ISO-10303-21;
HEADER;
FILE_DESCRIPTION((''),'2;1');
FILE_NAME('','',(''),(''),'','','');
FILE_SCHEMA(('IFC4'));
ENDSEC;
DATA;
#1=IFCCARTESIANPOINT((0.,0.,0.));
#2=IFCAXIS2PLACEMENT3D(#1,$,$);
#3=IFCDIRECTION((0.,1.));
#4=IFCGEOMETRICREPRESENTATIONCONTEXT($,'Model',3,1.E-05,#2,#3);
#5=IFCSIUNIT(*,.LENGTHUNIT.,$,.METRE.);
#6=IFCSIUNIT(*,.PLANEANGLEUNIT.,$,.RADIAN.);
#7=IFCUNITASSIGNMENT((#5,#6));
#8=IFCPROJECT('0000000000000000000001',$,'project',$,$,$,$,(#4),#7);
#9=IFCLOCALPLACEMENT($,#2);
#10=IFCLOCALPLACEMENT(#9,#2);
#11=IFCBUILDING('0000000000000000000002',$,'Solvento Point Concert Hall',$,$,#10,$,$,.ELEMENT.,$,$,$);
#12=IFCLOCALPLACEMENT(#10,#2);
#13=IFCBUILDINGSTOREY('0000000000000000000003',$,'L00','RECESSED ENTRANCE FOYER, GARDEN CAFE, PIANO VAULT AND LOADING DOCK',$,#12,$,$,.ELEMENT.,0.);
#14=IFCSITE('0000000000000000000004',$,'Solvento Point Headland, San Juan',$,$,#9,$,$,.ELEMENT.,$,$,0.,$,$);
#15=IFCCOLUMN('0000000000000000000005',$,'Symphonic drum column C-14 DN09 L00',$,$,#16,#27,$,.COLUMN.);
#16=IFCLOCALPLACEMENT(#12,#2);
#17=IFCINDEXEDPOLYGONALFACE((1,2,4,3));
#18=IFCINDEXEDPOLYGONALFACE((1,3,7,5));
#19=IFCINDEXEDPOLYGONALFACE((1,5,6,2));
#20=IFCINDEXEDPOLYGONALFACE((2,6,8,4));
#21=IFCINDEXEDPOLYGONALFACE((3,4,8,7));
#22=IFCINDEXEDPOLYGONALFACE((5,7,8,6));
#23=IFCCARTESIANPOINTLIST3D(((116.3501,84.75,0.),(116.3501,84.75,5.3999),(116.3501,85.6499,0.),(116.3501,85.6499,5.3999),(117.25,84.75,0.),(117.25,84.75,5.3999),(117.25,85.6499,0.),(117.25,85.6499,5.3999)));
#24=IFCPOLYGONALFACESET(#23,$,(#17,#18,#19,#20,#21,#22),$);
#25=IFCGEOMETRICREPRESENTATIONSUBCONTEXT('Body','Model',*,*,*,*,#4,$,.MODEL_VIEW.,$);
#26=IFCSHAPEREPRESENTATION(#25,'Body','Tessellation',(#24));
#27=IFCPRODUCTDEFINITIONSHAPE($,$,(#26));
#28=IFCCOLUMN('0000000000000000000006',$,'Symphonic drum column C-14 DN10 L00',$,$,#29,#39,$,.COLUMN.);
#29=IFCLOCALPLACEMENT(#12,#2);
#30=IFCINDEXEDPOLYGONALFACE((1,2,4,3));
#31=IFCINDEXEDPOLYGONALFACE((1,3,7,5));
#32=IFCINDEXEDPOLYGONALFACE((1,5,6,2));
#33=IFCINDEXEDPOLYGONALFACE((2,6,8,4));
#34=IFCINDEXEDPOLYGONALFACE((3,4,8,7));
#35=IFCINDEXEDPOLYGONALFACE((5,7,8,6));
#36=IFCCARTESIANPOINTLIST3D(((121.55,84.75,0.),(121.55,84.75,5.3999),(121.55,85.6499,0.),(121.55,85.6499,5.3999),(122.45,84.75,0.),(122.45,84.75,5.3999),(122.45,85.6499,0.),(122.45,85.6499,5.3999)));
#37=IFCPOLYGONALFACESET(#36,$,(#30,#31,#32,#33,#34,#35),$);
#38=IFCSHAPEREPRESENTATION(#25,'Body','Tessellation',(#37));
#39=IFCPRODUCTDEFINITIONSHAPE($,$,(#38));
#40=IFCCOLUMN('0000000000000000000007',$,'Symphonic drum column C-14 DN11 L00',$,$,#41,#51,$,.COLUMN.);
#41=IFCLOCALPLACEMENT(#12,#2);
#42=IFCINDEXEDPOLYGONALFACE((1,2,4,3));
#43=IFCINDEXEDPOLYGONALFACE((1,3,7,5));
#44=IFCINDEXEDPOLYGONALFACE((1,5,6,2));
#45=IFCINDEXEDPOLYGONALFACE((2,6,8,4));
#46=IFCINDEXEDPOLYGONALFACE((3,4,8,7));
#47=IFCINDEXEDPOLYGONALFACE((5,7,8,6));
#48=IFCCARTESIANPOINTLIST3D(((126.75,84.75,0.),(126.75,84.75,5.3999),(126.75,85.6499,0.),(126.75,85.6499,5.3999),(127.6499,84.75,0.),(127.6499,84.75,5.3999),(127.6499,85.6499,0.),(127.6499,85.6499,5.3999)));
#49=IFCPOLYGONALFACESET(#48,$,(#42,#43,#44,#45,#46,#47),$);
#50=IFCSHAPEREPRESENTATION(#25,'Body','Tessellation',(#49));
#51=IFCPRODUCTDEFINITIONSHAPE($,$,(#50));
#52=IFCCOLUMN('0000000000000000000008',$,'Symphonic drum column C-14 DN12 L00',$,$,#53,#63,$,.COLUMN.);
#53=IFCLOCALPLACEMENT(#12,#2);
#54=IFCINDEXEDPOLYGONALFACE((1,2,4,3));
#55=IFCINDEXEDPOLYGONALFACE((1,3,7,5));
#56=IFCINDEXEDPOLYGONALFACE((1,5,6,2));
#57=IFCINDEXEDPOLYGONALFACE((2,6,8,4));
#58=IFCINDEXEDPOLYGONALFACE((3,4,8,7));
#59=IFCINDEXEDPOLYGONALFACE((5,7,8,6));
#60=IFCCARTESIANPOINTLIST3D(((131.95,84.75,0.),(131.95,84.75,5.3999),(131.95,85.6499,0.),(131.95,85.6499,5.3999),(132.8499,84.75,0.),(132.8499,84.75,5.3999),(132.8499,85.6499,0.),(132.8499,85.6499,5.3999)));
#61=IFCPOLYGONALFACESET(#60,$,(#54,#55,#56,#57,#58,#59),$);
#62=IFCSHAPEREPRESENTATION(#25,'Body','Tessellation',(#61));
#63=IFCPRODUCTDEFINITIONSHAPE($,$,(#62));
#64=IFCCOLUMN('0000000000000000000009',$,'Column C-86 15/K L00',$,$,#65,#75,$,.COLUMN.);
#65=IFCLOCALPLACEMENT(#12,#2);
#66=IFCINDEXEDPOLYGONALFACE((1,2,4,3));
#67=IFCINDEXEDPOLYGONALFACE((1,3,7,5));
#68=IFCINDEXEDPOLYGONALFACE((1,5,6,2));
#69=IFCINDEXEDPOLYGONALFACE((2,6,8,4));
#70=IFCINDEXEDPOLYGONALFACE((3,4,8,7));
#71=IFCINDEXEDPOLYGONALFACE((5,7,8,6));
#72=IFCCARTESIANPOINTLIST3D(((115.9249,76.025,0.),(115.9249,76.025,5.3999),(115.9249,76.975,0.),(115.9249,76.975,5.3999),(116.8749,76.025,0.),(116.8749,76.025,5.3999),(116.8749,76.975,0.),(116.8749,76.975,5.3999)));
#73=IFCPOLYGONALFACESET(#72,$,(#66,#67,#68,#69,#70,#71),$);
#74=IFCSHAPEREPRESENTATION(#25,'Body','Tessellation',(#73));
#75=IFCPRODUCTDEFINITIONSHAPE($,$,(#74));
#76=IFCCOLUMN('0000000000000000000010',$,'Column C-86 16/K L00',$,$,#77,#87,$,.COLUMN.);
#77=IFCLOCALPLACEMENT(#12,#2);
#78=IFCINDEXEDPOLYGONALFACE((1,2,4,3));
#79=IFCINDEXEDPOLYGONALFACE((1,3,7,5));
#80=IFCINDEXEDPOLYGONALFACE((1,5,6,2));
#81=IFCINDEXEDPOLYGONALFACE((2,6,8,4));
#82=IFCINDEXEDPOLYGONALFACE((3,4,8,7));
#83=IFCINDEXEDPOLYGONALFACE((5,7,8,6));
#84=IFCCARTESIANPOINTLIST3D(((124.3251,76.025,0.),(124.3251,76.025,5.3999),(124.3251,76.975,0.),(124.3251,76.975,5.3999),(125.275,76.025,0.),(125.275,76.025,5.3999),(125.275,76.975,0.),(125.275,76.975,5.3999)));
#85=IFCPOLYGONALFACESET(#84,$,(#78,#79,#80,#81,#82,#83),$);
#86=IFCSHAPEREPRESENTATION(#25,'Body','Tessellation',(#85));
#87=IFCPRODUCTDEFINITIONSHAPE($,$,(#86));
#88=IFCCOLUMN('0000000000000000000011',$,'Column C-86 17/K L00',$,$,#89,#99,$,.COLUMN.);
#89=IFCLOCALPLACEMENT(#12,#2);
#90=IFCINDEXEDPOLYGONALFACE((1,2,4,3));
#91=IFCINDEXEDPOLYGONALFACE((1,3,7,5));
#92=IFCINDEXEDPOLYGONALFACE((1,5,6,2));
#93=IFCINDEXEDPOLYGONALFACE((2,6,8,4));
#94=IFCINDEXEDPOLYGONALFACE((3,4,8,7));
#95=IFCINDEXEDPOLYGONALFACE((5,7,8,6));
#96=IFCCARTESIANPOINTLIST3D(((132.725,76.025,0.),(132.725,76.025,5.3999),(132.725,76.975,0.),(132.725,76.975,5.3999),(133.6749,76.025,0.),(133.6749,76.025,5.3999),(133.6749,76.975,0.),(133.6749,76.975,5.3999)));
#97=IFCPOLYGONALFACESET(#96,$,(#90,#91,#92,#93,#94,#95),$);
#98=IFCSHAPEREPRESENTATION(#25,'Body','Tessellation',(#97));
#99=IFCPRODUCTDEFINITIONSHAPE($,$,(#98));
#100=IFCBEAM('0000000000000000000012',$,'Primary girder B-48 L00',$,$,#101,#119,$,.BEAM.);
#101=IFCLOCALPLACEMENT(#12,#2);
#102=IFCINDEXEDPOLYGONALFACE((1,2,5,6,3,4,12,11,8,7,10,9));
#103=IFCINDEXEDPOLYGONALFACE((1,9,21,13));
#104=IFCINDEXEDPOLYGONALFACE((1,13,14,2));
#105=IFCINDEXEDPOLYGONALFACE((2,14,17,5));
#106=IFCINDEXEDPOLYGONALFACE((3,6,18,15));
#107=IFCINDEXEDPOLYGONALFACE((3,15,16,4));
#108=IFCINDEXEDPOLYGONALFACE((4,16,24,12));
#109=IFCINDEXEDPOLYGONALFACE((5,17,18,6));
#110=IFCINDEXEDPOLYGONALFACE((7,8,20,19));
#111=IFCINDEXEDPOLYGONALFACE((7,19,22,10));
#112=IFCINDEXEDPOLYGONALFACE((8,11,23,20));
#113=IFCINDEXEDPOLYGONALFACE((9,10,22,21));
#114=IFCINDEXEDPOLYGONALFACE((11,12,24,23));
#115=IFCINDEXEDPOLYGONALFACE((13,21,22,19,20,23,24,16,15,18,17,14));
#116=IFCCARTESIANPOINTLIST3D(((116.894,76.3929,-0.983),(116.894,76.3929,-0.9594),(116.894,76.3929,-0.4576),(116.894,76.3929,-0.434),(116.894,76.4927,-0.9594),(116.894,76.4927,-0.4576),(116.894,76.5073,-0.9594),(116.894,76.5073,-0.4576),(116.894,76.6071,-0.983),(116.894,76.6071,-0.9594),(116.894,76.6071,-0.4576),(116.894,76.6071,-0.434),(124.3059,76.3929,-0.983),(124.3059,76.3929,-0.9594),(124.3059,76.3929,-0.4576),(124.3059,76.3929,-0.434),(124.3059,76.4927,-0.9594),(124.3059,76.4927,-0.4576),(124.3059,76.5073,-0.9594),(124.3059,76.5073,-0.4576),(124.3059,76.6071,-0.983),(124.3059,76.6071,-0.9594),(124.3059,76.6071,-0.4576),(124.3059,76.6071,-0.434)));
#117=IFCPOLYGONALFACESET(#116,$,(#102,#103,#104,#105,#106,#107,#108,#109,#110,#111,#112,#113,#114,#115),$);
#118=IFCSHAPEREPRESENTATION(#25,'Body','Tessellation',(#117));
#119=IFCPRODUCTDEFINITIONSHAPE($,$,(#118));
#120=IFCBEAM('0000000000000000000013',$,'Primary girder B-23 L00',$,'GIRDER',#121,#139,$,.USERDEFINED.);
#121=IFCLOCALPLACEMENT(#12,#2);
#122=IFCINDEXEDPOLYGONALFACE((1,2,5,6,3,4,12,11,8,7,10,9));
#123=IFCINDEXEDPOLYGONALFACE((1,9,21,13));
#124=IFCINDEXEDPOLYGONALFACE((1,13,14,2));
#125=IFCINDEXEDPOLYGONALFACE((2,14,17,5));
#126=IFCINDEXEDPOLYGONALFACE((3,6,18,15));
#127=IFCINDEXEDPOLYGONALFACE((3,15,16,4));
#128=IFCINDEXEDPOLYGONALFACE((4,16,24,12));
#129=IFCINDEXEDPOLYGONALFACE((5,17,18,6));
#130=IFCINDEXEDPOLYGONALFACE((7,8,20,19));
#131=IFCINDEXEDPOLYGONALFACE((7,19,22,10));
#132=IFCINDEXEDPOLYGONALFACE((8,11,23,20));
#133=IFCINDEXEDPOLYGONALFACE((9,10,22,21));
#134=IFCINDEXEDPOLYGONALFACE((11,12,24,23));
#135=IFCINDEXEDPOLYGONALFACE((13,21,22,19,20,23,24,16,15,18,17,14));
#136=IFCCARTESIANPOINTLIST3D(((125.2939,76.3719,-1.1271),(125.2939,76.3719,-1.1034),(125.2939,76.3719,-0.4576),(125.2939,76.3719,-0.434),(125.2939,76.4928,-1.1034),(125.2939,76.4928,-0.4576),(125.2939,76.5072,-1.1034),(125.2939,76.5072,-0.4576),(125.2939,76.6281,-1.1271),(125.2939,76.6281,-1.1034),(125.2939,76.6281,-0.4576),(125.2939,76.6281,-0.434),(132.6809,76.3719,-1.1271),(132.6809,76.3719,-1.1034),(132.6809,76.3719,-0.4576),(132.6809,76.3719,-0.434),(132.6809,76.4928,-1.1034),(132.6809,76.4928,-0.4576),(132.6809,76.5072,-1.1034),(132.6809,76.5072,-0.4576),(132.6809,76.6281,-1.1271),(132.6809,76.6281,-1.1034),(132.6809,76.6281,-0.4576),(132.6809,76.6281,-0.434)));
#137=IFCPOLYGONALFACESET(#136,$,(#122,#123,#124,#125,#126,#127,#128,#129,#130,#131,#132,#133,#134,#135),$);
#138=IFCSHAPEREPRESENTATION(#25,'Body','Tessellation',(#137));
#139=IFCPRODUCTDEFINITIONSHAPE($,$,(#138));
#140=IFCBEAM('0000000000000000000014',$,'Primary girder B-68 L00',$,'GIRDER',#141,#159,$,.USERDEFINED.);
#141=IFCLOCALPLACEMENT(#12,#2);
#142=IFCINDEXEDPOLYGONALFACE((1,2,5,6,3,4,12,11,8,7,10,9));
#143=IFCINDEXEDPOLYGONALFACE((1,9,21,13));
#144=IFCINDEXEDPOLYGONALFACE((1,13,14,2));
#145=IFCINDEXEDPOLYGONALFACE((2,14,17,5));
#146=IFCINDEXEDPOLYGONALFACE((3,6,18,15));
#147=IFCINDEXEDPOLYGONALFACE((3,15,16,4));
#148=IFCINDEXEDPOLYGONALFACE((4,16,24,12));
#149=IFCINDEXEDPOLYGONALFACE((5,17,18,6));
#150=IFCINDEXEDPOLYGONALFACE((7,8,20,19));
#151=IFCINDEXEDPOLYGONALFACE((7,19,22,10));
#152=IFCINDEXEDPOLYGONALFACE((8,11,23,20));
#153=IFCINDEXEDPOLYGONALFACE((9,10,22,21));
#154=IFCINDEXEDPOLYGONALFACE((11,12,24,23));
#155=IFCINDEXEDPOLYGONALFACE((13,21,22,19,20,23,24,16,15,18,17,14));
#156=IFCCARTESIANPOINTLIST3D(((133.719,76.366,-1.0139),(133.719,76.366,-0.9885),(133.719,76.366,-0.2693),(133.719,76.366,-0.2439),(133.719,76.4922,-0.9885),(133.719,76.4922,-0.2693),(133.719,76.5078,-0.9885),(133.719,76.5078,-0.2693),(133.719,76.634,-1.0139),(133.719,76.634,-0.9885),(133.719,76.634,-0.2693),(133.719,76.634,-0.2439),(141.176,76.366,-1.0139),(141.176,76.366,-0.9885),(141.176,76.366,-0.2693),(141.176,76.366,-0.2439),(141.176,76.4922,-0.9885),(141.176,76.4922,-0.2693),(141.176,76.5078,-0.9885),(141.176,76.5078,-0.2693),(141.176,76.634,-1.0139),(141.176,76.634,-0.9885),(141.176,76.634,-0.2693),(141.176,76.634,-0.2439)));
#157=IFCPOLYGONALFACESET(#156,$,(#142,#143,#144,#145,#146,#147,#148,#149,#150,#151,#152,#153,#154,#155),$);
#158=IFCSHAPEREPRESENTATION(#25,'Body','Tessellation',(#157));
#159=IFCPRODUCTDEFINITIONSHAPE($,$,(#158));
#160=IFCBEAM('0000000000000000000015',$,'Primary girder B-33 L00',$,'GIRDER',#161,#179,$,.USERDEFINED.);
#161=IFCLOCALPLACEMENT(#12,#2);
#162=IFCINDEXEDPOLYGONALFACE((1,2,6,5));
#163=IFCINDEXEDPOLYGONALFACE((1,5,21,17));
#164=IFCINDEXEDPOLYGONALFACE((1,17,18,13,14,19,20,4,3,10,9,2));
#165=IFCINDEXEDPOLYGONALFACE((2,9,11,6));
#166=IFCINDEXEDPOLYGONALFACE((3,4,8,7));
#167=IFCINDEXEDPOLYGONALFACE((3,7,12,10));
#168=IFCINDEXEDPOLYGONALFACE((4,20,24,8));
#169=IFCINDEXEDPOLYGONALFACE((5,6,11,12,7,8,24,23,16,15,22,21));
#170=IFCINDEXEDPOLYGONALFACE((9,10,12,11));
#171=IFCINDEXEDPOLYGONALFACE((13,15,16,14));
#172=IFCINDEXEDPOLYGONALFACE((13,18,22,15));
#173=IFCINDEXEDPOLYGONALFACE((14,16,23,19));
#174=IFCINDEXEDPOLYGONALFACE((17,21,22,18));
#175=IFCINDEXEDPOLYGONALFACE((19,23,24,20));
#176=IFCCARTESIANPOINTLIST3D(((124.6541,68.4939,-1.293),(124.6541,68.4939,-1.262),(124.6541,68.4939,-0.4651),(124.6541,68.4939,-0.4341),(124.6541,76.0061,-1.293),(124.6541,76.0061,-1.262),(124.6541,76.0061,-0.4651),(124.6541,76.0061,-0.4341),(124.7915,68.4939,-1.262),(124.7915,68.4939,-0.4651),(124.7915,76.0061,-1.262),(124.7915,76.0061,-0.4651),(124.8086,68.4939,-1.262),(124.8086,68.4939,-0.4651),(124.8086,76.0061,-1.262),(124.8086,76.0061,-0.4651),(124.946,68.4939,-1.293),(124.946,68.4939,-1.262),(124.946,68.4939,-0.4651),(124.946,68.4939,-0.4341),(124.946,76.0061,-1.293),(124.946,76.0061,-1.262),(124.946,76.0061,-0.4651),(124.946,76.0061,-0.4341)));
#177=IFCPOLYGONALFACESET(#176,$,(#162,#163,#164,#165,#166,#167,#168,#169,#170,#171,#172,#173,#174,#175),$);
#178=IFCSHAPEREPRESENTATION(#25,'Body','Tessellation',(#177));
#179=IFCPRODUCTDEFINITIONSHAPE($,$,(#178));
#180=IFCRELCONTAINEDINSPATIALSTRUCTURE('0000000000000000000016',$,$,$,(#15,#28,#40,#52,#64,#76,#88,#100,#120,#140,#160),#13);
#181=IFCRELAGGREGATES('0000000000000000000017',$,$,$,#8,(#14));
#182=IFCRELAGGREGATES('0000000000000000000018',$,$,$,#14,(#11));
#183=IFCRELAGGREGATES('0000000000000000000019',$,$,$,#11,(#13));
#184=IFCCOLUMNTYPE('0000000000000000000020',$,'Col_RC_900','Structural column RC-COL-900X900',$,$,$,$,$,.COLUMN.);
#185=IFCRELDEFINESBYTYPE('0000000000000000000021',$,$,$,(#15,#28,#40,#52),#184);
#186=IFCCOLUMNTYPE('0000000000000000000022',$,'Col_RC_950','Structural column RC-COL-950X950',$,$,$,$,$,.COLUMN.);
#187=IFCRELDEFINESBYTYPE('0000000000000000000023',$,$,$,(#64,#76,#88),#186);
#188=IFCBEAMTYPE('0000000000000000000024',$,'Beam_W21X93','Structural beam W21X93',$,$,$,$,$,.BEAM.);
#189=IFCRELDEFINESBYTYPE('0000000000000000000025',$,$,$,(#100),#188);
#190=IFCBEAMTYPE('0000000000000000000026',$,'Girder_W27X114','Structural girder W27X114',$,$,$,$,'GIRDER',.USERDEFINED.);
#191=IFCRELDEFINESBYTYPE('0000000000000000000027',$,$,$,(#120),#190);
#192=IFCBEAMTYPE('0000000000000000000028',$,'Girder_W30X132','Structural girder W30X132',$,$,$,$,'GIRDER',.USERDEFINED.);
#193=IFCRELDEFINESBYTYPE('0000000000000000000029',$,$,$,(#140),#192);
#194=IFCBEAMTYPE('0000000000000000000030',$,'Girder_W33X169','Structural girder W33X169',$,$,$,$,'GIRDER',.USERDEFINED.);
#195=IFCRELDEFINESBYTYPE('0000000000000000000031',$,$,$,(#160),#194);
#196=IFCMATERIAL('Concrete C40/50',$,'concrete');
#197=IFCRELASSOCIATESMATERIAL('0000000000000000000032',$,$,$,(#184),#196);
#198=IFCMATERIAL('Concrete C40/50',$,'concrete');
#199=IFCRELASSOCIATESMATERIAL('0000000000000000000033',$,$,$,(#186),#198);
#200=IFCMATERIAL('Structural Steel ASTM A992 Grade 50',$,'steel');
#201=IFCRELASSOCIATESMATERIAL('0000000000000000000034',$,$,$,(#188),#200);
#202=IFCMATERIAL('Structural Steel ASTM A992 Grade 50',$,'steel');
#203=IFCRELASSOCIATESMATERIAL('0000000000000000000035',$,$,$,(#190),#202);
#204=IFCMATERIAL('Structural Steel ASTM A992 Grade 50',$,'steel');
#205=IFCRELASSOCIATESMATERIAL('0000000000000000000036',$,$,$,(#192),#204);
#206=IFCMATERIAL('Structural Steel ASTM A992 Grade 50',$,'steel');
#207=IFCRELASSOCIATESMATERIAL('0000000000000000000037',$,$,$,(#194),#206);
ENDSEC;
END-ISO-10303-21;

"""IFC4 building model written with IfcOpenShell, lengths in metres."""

from ifc_helpers import new_model, si_unit, direction, frame, origin, origin_2d, place, context, subcontext, project, spatial, rectangle, i_section, extrude, material, material_profile, profile_set, type_object, element, save


model = new_model("IFC4")

# Units and contexts
model_context = context("Model", 3, precision=1e-05, world=origin(), true_north=direction((0.0, 1.0)))
body_context = subcontext(model_context, "Body", "Model", "MODEL_VIEW")
ifc_project = project(units=[si_unit("LENGTHUNIT", "METRE"), si_unit("PLANEANGLEUNIT", "RADIAN")], contexts=[model_context])

# Site, building, storey
site_placement = place(None, origin())
site = spatial("IfcSite", under=ifc_project, at=site_placement, Name="Solvento Point Headland, San Juan", CompositionType="ELEMENT", RefElevation=0.0)
building_placement = place(site_placement, origin())
building = spatial("IfcBuilding", under=site, at=building_placement, Name="Solvento Point Concert Hall", CompositionType="ELEMENT")
storey_placement = place(building_placement, origin())
storey = spatial("IfcBuildingStorey", under=building, at=storey_placement, Name="L00", Description="RECESSED ENTRANCE FOYER, GARDEN CAFE, PIANO VAULT AND LOADING DOCK", CompositionType="ELEMENT", Elevation=0.0)

# Columns
ifc_material_1 = material(Name="Concrete C40/50", Category="concrete")
ifc_material_profile_1 = material_profile(ifc_material_1, rectangle(XDim=0.8999, YDim=0.8999, at=origin_2d()), Name="RC-COL-900X900")
ifc_profile_set_1 = profile_set([ifc_material_profile_1], Name="Concrete C40/50")
column_type_1 = type_object("IfcColumnType", Name="Col_RC_900", Description="Structural column RC-COL-900X900", PredefinedType="COLUMN", material=ifc_profile_set_1)
for number, where, z_axis, x_axis, name in (
    (1, (116.8, 85.2, 0.0), (0.0, 0.0, 1.0), (1.0, 0.0, 0.0), "Symphonic drum column C-14 DN09 L00"),
    (2, (122.0, 85.2, 0.0), (0.0, 0.0, 1.0), (1.0, 0.0, 0.0), "Symphonic drum column C-14 DN10 L00"),
    (3, (127.2, 85.2, 0.0), (0.0, 0.0, 1.0), (1.0, 0.0, 0.0), "Symphonic drum column C-14 DN11 L00"),
    (4, (132.3999, 85.2, 0.0), (0.0, 0.0, 1.0), (1.0, 0.0, 0.0), "Symphonic drum column C-14 DN12 L00"),
):
    element("IfcColumn", number, at=place(storey_placement, frame(where, z_axis=z_axis, x_axis=x_axis)), inside=storey, type_object=column_type_1, Name=name, PredefinedType="COLUMN", context=body_context, shape_type="SweptSolid", body=[
        extrude(rectangle(XDim=0.8999, YDim=0.8999, at=origin_2d()), origin(), (0.0, 0.0, 1.0), 5.3999),
    ])
ifc_material_2 = material(Name="Concrete C40/50", Category="concrete")
ifc_material_profile_2 = material_profile(ifc_material_2, rectangle(XDim=0.95, YDim=0.95, at=origin_2d()), Name="RC-COL-950X950")
ifc_profile_set_2 = profile_set([ifc_material_profile_2], Name="Concrete C40/50")
column_type_2 = type_object("IfcColumnType", Name="Col_RC_950", Description="Structural column RC-COL-950X950", PredefinedType="COLUMN", material=ifc_profile_set_2)
for number, where, z_axis, x_axis, name in (
    (5, (116.3999, 76.5, 0.0), (0.0, 0.0, 1.0), (1.0, 0.0, 0.0), "Column C-86 15/K L00"),
    (6, (124.8, 76.5, 0.0), (0.0, 0.0, 1.0), (1.0, 0.0, 0.0), "Column C-86 16/K L00"),
    (7, (133.2, 76.5, 0.0), (0.0, 0.0, 1.0), (1.0, 0.0, 0.0), "Column C-86 17/K L00"),
):
    element("IfcColumn", number, at=place(storey_placement, frame(where, z_axis=z_axis, x_axis=x_axis)), inside=storey, type_object=column_type_2, Name=name, PredefinedType="COLUMN", context=body_context, shape_type="SweptSolid", body=[
        extrude(rectangle(XDim=0.95, YDim=0.95, at=origin_2d()), origin(), (0.0, 0.0, 1.0), 5.3999),
    ])

# Beams
ifc_material_3 = material(Name="Structural Steel ASTM A992 Grade 50", Category="steel")
ifc_material_profile_3 = material_profile(ifc_material_3, i_section(OverallWidth=0.2141, OverallDepth=0.5491, WebThickness=0.0146, FlangeThickness=0.0237, at=origin_2d()), Name="W21X93")
ifc_profile_set_3 = profile_set([ifc_material_profile_3], Name="Structural Steel ASTM A992 Grade 50")
beam_type_1 = type_object("IfcBeamType", Name="Beam_W21X93", Description="Structural beam W21X93", PredefinedType="BEAM", material=ifc_profile_set_3)
beam_1_placement = place(storey_placement, frame((116.894, 76.5, -0.7085), z_axis=(1.0, 0.0, 0.0), x_axis=(0.0, 1.0, 0.0)))
element("IfcBeam", 8, at=beam_1_placement, inside=storey, type_object=beam_type_1, Name="Primary girder B-48 L00", PredefinedType="BEAM", context=body_context, shape_type="SweptSolid", body=[
    extrude(i_section(OverallWidth=0.2141, OverallDepth=0.5491, WebThickness=0.0146, FlangeThickness=0.0237, at=origin_2d()), origin(), (0.0, 0.0, 1.0), 7.4119),
])
ifc_material_4 = material(Name="Structural Steel ASTM A992 Grade 50", Category="steel")
ifc_material_profile_4 = material_profile(ifc_material_4, i_section(OverallWidth=0.2561, OverallDepth=0.6931, WebThickness=0.0144, FlangeThickness=0.0237, at=origin_2d()), Name="W27X114")
ifc_profile_set_4 = profile_set([ifc_material_profile_4], Name="Structural Steel ASTM A992 Grade 50")
beam_type_2 = type_object("IfcBeamType", Name="Girder_W27X114", Description="Structural girder W27X114", ElementType="GIRDER", PredefinedType="USERDEFINED", material=ifc_profile_set_4)
beam_2_placement = place(storey_placement, frame((125.2939, 76.5, -0.7805), z_axis=(1.0, 0.0, 0.0), x_axis=(0.0, 1.0, 0.0)))
element("IfcBeam", 9, at=beam_2_placement, inside=storey, type_object=beam_type_2, Name="Primary girder B-23 L00", ObjectType="GIRDER", PredefinedType="USERDEFINED", context=body_context, shape_type="SweptSolid", body=[
    extrude(i_section(OverallWidth=0.2561, OverallDepth=0.6931, WebThickness=0.0144, FlangeThickness=0.0237, at=origin_2d()), origin(), (0.0, 0.0, 1.0), 7.387),
])
ifc_material_5 = material(Name="Structural Steel ASTM A992 Grade 50", Category="steel")
ifc_material_profile_5 = material_profile(ifc_material_5, i_section(OverallWidth=0.2681, OverallDepth=0.77, WebThickness=0.0156, FlangeThickness=0.0254, at=origin_2d()), Name="W30X132")
ifc_profile_set_5 = profile_set([ifc_material_profile_5], Name="Structural Steel ASTM A992 Grade 50")
beam_type_3 = type_object("IfcBeamType", Name="Girder_W30X132", Description="Structural girder W30X132", ElementType="GIRDER", PredefinedType="USERDEFINED", material=ifc_profile_set_5)
beam_3_placement = place(storey_placement, frame((133.719, 76.5, -0.6289), z_axis=(1.0, 0.0, 0.0), x_axis=(0.0, 1.0, 0.0)))
element("IfcBeam", 10, at=beam_3_placement, inside=storey, type_object=beam_type_3, Name="Primary girder B-68 L00", ObjectType="GIRDER", PredefinedType="USERDEFINED", context=body_context, shape_type="SweptSolid", body=[
    extrude(i_section(OverallWidth=0.2681, OverallDepth=0.77, WebThickness=0.0156, FlangeThickness=0.0254, at=origin_2d()), origin(), (0.0, 0.0, 1.0), 7.457),
])
ifc_material_6 = material(Name="Structural Steel ASTM A992 Grade 50", Category="steel")
ifc_material_profile_6 = material_profile(ifc_material_6, i_section(OverallWidth=0.292, OverallDepth=0.8589, WebThickness=0.0171, FlangeThickness=0.031, at=origin_2d()), Name="W33X169")
ifc_profile_set_6 = profile_set([ifc_material_profile_6], Name="Structural Steel ASTM A992 Grade 50")
beam_type_4 = type_object("IfcBeamType", Name="Girder_W33X169", Description="Structural girder W33X169", ElementType="GIRDER", PredefinedType="USERDEFINED", material=ifc_profile_set_6)
beam_4_placement = place(storey_placement, frame((124.8, 68.4939, -0.8635), z_axis=(0.0, 1.0, 0.0), x_axis=(-1.0, 0.0, 0.0)))
element("IfcBeam", 11, at=beam_4_placement, inside=storey, type_object=beam_type_4, Name="Primary girder B-33 L00", ObjectType="GIRDER", PredefinedType="USERDEFINED", context=body_context, shape_type="SweptSolid", body=[
    extrude(i_section(OverallWidth=0.292, OverallDepth=0.8589, WebThickness=0.0171, FlangeThickness=0.031, at=origin_2d()), origin(), (0.0, 0.0, 1.0), 7.5122),
])

save(model, "model.ifc")
